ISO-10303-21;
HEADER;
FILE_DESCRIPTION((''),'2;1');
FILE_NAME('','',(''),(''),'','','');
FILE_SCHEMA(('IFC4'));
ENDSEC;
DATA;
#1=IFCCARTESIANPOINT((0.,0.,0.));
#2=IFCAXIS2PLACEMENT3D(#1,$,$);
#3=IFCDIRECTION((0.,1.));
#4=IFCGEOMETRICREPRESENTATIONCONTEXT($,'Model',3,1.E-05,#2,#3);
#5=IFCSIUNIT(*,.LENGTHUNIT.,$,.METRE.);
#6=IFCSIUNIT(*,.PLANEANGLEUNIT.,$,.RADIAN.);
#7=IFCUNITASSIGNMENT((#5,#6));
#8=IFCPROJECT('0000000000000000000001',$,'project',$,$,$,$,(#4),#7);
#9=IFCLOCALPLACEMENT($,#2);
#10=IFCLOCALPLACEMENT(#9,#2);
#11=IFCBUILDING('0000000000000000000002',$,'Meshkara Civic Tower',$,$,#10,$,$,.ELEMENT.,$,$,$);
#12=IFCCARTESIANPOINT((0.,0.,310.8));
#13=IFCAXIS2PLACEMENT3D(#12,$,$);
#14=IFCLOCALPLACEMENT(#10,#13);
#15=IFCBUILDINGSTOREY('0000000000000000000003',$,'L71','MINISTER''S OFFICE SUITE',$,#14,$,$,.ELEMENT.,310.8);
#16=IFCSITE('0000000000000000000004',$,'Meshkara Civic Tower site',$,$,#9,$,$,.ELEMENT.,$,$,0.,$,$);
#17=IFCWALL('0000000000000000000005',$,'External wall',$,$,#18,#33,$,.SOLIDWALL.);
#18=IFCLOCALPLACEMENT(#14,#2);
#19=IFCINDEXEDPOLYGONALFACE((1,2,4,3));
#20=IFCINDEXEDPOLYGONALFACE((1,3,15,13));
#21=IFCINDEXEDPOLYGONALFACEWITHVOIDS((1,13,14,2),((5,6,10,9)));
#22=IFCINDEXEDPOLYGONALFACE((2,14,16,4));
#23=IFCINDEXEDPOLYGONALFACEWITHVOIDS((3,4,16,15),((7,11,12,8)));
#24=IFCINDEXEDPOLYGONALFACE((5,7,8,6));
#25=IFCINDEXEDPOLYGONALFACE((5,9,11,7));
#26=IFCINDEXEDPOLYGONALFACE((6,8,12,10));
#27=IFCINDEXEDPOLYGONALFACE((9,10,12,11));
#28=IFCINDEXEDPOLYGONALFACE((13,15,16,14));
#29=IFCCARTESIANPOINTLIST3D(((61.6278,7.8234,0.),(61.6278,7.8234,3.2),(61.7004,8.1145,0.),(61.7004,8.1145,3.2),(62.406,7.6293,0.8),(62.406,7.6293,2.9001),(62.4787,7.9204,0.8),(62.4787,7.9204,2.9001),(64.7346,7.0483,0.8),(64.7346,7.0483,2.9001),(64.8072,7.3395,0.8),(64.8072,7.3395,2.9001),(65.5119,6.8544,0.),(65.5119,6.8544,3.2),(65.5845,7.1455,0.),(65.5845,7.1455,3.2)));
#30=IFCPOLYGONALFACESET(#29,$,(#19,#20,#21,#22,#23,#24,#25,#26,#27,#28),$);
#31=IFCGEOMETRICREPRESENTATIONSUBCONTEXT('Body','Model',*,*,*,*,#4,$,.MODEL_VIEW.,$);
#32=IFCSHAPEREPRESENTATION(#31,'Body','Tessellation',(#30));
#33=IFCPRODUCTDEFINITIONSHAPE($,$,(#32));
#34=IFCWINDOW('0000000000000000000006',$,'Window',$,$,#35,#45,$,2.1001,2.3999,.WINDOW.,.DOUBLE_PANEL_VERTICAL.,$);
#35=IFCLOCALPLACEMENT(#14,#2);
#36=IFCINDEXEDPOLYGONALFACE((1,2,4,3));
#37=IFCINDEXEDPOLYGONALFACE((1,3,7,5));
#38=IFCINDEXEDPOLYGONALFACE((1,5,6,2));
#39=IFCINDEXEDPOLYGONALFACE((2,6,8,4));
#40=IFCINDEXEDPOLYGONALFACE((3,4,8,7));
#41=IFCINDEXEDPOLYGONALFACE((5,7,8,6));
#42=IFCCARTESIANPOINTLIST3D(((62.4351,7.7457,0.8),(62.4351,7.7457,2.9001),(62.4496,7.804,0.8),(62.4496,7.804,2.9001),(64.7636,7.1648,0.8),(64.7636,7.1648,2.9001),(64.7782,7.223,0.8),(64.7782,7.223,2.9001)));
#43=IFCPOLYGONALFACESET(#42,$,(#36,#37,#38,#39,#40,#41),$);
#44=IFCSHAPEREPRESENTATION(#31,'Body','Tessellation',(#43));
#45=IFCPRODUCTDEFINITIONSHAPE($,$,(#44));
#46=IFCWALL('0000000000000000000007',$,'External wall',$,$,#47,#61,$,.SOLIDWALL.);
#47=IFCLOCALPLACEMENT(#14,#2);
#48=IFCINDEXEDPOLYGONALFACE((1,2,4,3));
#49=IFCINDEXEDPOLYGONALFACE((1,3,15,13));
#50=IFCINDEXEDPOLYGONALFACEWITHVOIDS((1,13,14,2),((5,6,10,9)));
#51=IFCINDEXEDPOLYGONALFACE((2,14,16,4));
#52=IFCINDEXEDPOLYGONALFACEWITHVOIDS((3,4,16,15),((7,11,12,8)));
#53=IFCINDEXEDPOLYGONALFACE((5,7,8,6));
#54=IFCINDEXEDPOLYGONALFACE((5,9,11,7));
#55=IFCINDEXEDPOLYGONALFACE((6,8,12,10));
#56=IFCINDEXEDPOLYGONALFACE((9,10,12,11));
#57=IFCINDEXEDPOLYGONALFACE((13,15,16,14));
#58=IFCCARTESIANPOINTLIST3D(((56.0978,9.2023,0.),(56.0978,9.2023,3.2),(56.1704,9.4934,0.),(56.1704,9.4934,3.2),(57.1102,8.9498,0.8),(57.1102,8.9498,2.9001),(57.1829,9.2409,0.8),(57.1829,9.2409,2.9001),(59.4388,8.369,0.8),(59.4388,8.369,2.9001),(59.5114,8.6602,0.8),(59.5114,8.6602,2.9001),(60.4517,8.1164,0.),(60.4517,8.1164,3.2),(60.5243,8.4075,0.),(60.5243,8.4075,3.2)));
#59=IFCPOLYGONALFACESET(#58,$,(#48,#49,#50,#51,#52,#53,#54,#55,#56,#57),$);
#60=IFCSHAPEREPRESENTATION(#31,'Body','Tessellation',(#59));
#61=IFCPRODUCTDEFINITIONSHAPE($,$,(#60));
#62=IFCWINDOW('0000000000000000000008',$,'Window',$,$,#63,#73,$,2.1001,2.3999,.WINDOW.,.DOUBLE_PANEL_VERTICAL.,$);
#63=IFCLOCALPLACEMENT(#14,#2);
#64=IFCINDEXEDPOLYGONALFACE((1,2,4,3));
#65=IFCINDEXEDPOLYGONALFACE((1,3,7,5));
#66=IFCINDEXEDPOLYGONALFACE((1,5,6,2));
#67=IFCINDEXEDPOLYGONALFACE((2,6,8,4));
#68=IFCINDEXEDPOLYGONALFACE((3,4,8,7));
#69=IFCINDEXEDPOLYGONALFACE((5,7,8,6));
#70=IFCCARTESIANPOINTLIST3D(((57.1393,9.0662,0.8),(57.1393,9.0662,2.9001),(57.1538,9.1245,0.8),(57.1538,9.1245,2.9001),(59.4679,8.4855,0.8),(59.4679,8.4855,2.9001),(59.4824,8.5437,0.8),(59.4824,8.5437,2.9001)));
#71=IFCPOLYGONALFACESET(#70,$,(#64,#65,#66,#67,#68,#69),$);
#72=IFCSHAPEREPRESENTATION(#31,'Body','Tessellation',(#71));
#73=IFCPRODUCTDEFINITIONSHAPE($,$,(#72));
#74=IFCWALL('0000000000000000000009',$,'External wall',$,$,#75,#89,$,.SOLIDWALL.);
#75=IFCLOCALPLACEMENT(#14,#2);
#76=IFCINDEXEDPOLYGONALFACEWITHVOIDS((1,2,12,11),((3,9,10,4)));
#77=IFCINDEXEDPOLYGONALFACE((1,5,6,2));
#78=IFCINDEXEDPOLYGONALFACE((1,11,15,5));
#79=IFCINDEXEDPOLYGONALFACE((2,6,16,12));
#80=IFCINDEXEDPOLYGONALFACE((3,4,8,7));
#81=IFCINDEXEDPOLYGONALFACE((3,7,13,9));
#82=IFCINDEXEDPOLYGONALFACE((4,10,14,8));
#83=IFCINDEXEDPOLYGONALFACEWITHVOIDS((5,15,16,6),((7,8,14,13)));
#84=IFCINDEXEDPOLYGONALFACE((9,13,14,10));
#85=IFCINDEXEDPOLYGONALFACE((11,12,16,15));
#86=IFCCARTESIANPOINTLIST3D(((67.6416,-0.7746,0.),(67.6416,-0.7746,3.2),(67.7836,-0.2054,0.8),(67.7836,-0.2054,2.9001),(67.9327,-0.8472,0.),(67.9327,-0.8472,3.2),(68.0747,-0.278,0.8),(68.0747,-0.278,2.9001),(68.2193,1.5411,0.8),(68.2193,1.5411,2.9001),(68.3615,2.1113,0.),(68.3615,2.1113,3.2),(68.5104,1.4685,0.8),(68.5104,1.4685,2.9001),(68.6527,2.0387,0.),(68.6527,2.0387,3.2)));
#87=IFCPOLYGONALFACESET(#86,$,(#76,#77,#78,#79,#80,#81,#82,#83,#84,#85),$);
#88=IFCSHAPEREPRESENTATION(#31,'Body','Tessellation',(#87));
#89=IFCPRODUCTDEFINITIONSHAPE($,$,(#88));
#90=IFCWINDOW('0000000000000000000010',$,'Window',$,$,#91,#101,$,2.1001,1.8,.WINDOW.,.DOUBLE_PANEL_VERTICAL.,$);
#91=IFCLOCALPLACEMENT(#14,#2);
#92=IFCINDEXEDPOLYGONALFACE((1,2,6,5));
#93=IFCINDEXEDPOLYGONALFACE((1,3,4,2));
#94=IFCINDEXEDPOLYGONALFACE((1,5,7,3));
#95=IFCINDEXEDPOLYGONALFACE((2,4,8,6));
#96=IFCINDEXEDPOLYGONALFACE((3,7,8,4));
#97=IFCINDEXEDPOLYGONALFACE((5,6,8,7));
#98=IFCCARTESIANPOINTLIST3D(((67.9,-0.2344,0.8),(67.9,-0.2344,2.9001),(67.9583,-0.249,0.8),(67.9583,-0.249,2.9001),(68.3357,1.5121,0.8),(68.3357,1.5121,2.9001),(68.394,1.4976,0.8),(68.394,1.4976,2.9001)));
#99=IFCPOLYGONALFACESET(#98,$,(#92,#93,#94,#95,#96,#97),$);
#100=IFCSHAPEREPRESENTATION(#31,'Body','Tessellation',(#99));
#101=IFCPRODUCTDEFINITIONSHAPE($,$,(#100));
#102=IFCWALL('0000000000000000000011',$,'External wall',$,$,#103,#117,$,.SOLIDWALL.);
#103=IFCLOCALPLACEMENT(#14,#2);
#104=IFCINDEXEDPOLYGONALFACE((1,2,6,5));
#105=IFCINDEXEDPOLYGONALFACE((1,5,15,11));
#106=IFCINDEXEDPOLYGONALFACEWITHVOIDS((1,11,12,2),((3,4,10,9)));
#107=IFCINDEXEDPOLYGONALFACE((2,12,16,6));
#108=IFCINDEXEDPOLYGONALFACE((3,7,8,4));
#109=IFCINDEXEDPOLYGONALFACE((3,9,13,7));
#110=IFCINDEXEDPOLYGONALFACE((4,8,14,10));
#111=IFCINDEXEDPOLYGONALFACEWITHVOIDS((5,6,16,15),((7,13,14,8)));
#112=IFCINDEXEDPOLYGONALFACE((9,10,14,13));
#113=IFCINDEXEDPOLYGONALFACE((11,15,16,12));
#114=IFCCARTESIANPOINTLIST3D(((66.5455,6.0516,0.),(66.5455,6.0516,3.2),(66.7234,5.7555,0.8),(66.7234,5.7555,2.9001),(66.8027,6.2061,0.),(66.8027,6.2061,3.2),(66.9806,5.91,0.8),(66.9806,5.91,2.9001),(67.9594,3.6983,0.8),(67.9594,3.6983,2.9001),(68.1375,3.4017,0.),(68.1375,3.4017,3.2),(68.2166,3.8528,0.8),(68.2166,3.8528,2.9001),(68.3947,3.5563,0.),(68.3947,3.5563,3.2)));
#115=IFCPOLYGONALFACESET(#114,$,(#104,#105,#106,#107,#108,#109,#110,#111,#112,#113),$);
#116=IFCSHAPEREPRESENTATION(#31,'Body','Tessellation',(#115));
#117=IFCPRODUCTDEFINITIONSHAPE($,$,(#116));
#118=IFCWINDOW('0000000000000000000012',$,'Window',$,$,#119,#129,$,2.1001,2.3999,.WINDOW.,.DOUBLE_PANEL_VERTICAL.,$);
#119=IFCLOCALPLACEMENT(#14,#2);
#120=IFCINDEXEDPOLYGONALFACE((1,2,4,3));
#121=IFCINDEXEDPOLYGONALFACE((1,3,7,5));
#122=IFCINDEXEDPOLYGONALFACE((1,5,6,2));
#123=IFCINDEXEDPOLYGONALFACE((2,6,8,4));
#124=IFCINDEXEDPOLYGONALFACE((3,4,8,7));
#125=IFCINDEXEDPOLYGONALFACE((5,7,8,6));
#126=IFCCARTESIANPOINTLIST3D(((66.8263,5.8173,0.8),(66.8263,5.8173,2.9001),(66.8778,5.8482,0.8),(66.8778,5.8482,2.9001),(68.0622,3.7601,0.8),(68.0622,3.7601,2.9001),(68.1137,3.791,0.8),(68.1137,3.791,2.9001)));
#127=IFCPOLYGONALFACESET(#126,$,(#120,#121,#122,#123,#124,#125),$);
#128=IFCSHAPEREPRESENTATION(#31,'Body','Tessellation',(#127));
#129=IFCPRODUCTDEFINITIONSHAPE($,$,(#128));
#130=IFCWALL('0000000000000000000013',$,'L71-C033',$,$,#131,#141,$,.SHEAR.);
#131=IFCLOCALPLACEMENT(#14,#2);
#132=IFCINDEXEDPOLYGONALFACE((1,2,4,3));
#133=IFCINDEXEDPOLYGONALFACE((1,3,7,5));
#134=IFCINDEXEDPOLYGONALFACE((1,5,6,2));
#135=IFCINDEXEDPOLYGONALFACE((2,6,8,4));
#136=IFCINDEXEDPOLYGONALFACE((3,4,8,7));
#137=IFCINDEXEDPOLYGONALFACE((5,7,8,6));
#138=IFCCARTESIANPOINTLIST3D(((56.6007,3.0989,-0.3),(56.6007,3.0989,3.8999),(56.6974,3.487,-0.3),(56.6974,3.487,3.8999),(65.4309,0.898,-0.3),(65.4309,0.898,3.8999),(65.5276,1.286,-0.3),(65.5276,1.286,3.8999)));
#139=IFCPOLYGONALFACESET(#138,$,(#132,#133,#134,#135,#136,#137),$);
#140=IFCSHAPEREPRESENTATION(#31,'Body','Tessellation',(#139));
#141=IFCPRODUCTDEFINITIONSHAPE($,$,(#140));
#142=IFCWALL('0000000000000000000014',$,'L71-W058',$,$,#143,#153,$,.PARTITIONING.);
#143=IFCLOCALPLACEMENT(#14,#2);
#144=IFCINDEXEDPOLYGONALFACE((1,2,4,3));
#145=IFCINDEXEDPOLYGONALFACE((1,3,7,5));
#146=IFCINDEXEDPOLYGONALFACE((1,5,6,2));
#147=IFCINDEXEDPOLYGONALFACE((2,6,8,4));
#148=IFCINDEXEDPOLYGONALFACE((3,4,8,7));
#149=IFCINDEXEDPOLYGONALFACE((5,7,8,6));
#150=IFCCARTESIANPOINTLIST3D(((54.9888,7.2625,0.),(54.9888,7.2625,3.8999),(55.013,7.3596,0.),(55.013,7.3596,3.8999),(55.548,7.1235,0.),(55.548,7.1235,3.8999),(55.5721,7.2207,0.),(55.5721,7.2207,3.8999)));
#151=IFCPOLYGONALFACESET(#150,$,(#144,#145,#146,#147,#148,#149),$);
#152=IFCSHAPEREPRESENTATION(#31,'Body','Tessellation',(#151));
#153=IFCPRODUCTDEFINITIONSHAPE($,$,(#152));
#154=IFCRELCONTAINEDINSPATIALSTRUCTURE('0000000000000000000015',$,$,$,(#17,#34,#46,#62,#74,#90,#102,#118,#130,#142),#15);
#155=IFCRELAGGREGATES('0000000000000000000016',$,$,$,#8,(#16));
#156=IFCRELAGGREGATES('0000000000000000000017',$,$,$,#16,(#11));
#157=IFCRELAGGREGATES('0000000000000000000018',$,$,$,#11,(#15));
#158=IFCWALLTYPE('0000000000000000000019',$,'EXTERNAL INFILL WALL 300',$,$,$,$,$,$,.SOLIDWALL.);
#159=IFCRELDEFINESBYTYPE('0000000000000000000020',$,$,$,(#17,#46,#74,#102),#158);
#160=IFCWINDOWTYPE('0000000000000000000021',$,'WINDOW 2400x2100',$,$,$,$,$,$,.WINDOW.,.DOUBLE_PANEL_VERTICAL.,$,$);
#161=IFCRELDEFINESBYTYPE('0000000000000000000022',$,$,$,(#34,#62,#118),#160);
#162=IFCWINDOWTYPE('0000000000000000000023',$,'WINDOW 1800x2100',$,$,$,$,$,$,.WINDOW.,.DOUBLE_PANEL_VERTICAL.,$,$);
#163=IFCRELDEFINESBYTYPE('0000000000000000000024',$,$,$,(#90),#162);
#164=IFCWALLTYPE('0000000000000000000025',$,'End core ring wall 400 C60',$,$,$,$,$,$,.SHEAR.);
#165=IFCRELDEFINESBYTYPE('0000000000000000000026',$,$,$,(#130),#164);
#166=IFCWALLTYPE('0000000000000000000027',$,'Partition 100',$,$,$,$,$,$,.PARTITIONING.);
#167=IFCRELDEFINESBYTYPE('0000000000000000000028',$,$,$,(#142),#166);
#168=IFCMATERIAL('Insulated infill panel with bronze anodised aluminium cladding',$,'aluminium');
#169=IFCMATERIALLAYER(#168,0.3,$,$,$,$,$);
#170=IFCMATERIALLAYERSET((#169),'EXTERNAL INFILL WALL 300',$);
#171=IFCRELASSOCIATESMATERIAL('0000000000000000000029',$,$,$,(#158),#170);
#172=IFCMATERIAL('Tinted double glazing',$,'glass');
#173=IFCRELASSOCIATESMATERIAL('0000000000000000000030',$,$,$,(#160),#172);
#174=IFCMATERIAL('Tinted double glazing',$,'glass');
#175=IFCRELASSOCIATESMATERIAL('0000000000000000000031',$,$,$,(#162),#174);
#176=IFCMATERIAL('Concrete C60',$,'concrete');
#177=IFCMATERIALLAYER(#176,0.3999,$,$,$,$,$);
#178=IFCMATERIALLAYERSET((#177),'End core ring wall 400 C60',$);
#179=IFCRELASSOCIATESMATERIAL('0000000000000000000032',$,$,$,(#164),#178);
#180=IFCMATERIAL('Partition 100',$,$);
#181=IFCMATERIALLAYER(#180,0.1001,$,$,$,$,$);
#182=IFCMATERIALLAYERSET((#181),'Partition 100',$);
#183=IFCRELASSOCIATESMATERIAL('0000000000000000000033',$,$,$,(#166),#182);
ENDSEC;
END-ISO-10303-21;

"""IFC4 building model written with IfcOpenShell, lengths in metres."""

from ifc_helpers import new_model, si_unit, direction, frame, frame_2d, origin, place, context, subcontext, project, spatial, rectangle, extrude, material, layer, layer_set, type_object, element, fill, save


model = new_model("IFC4")

# Units and contexts
model_context = context("Model", 3, precision=1e-05, world=origin(), true_north=direction((0.0, 1.0)))
body_context = subcontext(model_context, "Body", "Model", "MODEL_VIEW")
ifc_project = project(units=[si_unit("LENGTHUNIT", "METRE"), si_unit("PLANEANGLEUNIT", "RADIAN")], contexts=[model_context])

# Site, building, storey
site_placement = place(None, origin())
site = spatial("IfcSite", under=ifc_project, at=site_placement, Name="Meshkara Civic Tower site", CompositionType="ELEMENT", RefElevation=0.0)
building_placement = place(site_placement, origin())
building = spatial("IfcBuilding", under=site, at=building_placement, Name="Meshkara Civic Tower", CompositionType="ELEMENT")
storey_placement = place(building_placement, frame((0.0, 0.0, 310.8)))
storey = spatial("IfcBuildingStorey", under=building, at=storey_placement, Name="L71", Description="MINISTER'S OFFICE SUITE", CompositionType="ELEMENT", Elevation=310.8)

# Walls, openings, windows
ifc_material_1 = material(Name="Insulated infill panel with bronze anodised aluminium cladding", Category="aluminium")
ifc_layer_1 = layer(ifc_material_1, 0.3)
ifc_layer_set_1 = layer_set([ifc_layer_1], Name="EXTERNAL INFILL WALL 300")
wall_type_1 = type_object("IfcWallType", Name="EXTERNAL INFILL WALL 300", PredefinedType="SOLIDWALL", material=ifc_layer_set_1)
wall_1_placement = place(storey_placement, frame((65.5481, 7.0, 0.0), z_axis=(0.0, 0.0, 1.0), x_axis=(-0.970261, 0.242062, 0.0)))
wall_1 = element("IfcWall", 1, at=wall_1_placement, inside=storey, type_object=wall_type_1, Name="External wall", PredefinedType="SOLIDWALL", context=body_context, shape_type="SweptSolid", body=[
    extrude(rectangle(XDim=4.0032, YDim=0.3, at=frame_2d((2.0015, 0.0))), origin(), (0.0, 0.0, 1.0), 3.2),
])
opening_1_placement = place(wall_1_placement, frame((0.801, 0.0, 0.8)))
opening_1 = element("IfcOpeningElement", 2, at=opening_1_placement, cuts=wall_1, PredefinedType="OPENING", context=body_context, shape_type="SweptSolid", body=[
    extrude(rectangle(XDim=2.3999, YDim=2.1001, at=frame_2d((1.2, 1.05))), frame((0.0, 0.1599, 0.0), z_axis=(0.0, -1.0, 0.0), x_axis=(1.0, 0.0, 0.0)), (0.0, 0.0, 1.0), 0.3201),
])
ifc_material_2 = material(Name="Tinted double glazing", Category="glass")
window_type_1 = type_object("IfcWindowType", Name="WINDOW 2400x2100", PartitioningType="DOUBLE_PANEL_VERTICAL", PredefinedType="WINDOW", material=ifc_material_2)
window_1_placement = place(opening_1_placement, origin())
window_1 = element("IfcWindow", 3, at=window_1_placement, inside=storey, type_object=window_type_1, Name="Window", OverallHeight=2.1001, OverallWidth=2.3999, PartitioningType="DOUBLE_PANEL_VERTICAL", PredefinedType="WINDOW", context=body_context, shape_type="SweptSolid", body=[
    extrude(rectangle(XDim=2.3999, YDim=2.1001, at=frame_2d((1.2, 1.05))), frame((0.0, 0.03, 0.0), z_axis=(0.0, -1.0, 0.0), x_axis=(1.0, 0.0, 0.0)), (0.0, 0.0, 1.0), 0.0601),
])
fill(opening_1, window_1)
wall_2_placement = place(storey_placement, frame((60.488, 8.262, 0.0), z_axis=(0.0, 0.0, 1.0), x_axis=(-0.970277, 0.241998, 0.0)))
wall_2 = element("IfcWall", 4, at=wall_2_placement, inside=storey, type_object=wall_type_1, Name="External wall", PredefinedType="SOLIDWALL", context=body_context, shape_type="SweptSolid", body=[
    extrude(rectangle(XDim=4.4873, YDim=0.3, at=frame_2d((2.2437, 0.0))), origin(), (0.0, 0.0, 1.0), 3.2),
])
opening_2_placement = place(wall_2_placement, frame((1.0439, 0.0, 0.8)))
opening_2 = element("IfcOpeningElement", 5, at=opening_2_placement, cuts=wall_2, PredefinedType="OPENING", context=body_context, shape_type="SweptSolid", body=[
    extrude(rectangle(XDim=2.3999, YDim=2.1001, at=frame_2d((1.2, 1.05))), frame((0.0, 0.1599, 0.0), z_axis=(0.0, -1.0, 0.0), x_axis=(1.0, 0.0, 0.0)), (0.0, 0.0, 1.0), 0.3201),
])
window_2_placement = place(opening_2_placement, origin())
window_2 = element("IfcWindow", 6, at=window_2_placement, inside=storey, type_object=window_type_1, Name="Window", OverallHeight=2.1001, OverallWidth=2.3999, PartitioningType="DOUBLE_PANEL_VERTICAL", PredefinedType="WINDOW", context=body_context, shape_type="SweptSolid", body=[
    extrude(rectangle(XDim=2.3999, YDim=2.1001, at=frame_2d((1.2, 1.05))), frame((0.0, 0.03, 0.0), z_axis=(0.0, -1.0, 0.0), x_axis=(1.0, 0.0, 0.0)), (0.0, 0.0, 1.0), 0.0601),
])
fill(opening_2, window_2)
wall_3_placement = place(storey_placement, frame((67.7871, -0.811, 0.0), z_axis=(0.0, 0.0, 1.0), x_axis=(0.242053, 0.970263, 0.0)))
wall_3 = element("IfcWall", 7, at=wall_3_placement, inside=storey, type_object=wall_type_1, Name="External wall", PredefinedType="SOLIDWALL", context=body_context, shape_type="SweptSolid", body=[
    extrude(rectangle(XDim=2.9744, YDim=0.3, at=frame_2d((1.4873, 0.0))), origin(), (0.0, 0.0, 1.0), 3.2),
])
opening_3_placement = place(wall_3_placement, frame((0.5869, 0.0, 0.8)))
opening_3 = element("IfcOpeningElement", 8, at=opening_3_placement, cuts=wall_3, PredefinedType="OPENING", context=body_context, shape_type="SweptSolid", body=[
    extrude(rectangle(XDim=1.8, YDim=2.1001, at=frame_2d((0.8999, 1.05))), frame((0.0, 0.1599, 0.0), z_axis=(0.0, -1.0, 0.0), x_axis=(1.0, 0.0, 0.0)), (0.0, 0.0, 1.0), 0.3201),
])
ifc_material_3 = material(Name="Tinted double glazing", Category="glass")
window_type_2 = type_object("IfcWindowType", Name="WINDOW 1800x2100", PartitioningType="DOUBLE_PANEL_VERTICAL", PredefinedType="WINDOW", material=ifc_material_3)
window_3_placement = place(opening_3_placement, origin())
window_3 = element("IfcWindow", 9, at=window_3_placement, inside=storey, type_object=window_type_2, Name="Window", OverallHeight=2.1001, OverallWidth=1.8, PartitioningType="DOUBLE_PANEL_VERTICAL", PredefinedType="WINDOW", context=body_context, shape_type="SweptSolid", body=[
    extrude(rectangle(XDim=1.8, YDim=2.1001, at=frame_2d((0.8999, 1.05))), frame((0.0, 0.03, 0.0), z_axis=(0.0, -1.0, 0.0), x_axis=(1.0, 0.0, 0.0)), (0.0, 0.0, 1.0), 0.0601),
])
fill(opening_3, window_3)
wall_4_placement = place(storey_placement, frame((68.2661, 3.479, 0.0), z_axis=(0.0, 0.0, 1.0), x_axis=(-0.514995, 0.857193, 0.0)))
wall_4 = element("IfcWall", 10, at=wall_4_placement, inside=storey, type_object=wall_type_1, Name="External wall", PredefinedType="SOLIDWALL", context=body_context, shape_type="SweptSolid", body=[
    extrude(rectangle(XDim=3.0913, YDim=0.3, at=frame_2d((1.5457, 0.0))), origin(), (0.0, 0.0, 1.0), 3.2),
])
opening_4_placement = place(wall_4_placement, frame((0.3459, 0.0, 0.8)))
opening_4 = element("IfcOpeningElement", 11, at=opening_4_placement, cuts=wall_4, PredefinedType="OPENING", context=body_context, shape_type="SweptSolid", body=[
    extrude(rectangle(XDim=2.3999, YDim=2.1001, at=frame_2d((1.2, 1.05))), frame((0.0, 0.1599, 0.0), z_axis=(0.0, -1.0, 0.0), x_axis=(1.0, 0.0, 0.0)), (0.0, 0.0, 1.0), 0.3201),
])
window_4_placement = place(opening_4_placement, origin())
window_4 = element("IfcWindow", 12, at=window_4_placement, inside=storey, type_object=window_type_1, Name="Window", OverallHeight=2.1001, OverallWidth=2.3999, PartitioningType="DOUBLE_PANEL_VERTICAL", PredefinedType="WINDOW", context=body_context, shape_type="SweptSolid", body=[
    extrude(rectangle(XDim=2.3999, YDim=2.1001, at=frame_2d((1.2, 1.05))), frame((0.0, 0.03, 0.0), z_axis=(0.0, -1.0, 0.0), x_axis=(1.0, 0.0, 0.0)), (0.0, 0.0, 1.0), 0.0601),
])
fill(opening_4, window_4)

# Walls
ifc_material_4 = material(Name="Concrete C60", Category="concrete")
ifc_layer_2 = layer(ifc_material_4, 0.3999)
ifc_layer_set_2 = layer_set([ifc_layer_2], Name="End core ring wall 400 C60")
wall_type_2 = type_object("IfcWallType", Name="End core ring wall 400 C60", PredefinedType="SHEAR", material=ifc_layer_set_2)
wall_5_placement = place(storey_placement, frame((56.6489, 3.293, -0.3), z_axis=(0.0, 0.0, 1.0), x_axis=(0.970313, -0.241854, 0.0)))
element("IfcWall", 13, at=wall_5_placement, inside=storey, type_object=wall_type_2, Name="L71-C033", PredefinedType="SHEAR", context=body_context, shape_type="SweptSolid", body=[
    extrude(rectangle(XDim=9.1003, YDim=0.3999, at=frame_2d((4.5503, 0.0))), origin(), (0.0, 0.0, 1.0), 4.2),
])
ifc_material_5 = material(Name="Partition 100")
ifc_layer_3 = layer(ifc_material_5, 0.1001)
ifc_layer_set_3 = layer_set([ifc_layer_3], Name="Partition 100")
wall_type_3 = type_object("IfcWallType", Name="Partition 100", PredefinedType="PARTITIONING", material=ifc_layer_set_3)
wall_6_placement = place(storey_placement, frame((55.5601, 7.1721, 0.0), z_axis=(0.0, 0.0, 1.0), x_axis=(-0.970491, 0.241139, 0.0)))
element("IfcWall", 14, at=wall_6_placement, inside=storey, type_object=wall_type_3, Name="L71-W058", PredefinedType="PARTITIONING", context=body_context, shape_type="SweptSolid", body=[
    extrude(rectangle(XDim=0.5762, YDim=0.1001, at=frame_2d((0.2881, 0.0))), origin(), (0.0, 0.0, 1.0), 3.8999),
])

save(model, "model.ifc")
